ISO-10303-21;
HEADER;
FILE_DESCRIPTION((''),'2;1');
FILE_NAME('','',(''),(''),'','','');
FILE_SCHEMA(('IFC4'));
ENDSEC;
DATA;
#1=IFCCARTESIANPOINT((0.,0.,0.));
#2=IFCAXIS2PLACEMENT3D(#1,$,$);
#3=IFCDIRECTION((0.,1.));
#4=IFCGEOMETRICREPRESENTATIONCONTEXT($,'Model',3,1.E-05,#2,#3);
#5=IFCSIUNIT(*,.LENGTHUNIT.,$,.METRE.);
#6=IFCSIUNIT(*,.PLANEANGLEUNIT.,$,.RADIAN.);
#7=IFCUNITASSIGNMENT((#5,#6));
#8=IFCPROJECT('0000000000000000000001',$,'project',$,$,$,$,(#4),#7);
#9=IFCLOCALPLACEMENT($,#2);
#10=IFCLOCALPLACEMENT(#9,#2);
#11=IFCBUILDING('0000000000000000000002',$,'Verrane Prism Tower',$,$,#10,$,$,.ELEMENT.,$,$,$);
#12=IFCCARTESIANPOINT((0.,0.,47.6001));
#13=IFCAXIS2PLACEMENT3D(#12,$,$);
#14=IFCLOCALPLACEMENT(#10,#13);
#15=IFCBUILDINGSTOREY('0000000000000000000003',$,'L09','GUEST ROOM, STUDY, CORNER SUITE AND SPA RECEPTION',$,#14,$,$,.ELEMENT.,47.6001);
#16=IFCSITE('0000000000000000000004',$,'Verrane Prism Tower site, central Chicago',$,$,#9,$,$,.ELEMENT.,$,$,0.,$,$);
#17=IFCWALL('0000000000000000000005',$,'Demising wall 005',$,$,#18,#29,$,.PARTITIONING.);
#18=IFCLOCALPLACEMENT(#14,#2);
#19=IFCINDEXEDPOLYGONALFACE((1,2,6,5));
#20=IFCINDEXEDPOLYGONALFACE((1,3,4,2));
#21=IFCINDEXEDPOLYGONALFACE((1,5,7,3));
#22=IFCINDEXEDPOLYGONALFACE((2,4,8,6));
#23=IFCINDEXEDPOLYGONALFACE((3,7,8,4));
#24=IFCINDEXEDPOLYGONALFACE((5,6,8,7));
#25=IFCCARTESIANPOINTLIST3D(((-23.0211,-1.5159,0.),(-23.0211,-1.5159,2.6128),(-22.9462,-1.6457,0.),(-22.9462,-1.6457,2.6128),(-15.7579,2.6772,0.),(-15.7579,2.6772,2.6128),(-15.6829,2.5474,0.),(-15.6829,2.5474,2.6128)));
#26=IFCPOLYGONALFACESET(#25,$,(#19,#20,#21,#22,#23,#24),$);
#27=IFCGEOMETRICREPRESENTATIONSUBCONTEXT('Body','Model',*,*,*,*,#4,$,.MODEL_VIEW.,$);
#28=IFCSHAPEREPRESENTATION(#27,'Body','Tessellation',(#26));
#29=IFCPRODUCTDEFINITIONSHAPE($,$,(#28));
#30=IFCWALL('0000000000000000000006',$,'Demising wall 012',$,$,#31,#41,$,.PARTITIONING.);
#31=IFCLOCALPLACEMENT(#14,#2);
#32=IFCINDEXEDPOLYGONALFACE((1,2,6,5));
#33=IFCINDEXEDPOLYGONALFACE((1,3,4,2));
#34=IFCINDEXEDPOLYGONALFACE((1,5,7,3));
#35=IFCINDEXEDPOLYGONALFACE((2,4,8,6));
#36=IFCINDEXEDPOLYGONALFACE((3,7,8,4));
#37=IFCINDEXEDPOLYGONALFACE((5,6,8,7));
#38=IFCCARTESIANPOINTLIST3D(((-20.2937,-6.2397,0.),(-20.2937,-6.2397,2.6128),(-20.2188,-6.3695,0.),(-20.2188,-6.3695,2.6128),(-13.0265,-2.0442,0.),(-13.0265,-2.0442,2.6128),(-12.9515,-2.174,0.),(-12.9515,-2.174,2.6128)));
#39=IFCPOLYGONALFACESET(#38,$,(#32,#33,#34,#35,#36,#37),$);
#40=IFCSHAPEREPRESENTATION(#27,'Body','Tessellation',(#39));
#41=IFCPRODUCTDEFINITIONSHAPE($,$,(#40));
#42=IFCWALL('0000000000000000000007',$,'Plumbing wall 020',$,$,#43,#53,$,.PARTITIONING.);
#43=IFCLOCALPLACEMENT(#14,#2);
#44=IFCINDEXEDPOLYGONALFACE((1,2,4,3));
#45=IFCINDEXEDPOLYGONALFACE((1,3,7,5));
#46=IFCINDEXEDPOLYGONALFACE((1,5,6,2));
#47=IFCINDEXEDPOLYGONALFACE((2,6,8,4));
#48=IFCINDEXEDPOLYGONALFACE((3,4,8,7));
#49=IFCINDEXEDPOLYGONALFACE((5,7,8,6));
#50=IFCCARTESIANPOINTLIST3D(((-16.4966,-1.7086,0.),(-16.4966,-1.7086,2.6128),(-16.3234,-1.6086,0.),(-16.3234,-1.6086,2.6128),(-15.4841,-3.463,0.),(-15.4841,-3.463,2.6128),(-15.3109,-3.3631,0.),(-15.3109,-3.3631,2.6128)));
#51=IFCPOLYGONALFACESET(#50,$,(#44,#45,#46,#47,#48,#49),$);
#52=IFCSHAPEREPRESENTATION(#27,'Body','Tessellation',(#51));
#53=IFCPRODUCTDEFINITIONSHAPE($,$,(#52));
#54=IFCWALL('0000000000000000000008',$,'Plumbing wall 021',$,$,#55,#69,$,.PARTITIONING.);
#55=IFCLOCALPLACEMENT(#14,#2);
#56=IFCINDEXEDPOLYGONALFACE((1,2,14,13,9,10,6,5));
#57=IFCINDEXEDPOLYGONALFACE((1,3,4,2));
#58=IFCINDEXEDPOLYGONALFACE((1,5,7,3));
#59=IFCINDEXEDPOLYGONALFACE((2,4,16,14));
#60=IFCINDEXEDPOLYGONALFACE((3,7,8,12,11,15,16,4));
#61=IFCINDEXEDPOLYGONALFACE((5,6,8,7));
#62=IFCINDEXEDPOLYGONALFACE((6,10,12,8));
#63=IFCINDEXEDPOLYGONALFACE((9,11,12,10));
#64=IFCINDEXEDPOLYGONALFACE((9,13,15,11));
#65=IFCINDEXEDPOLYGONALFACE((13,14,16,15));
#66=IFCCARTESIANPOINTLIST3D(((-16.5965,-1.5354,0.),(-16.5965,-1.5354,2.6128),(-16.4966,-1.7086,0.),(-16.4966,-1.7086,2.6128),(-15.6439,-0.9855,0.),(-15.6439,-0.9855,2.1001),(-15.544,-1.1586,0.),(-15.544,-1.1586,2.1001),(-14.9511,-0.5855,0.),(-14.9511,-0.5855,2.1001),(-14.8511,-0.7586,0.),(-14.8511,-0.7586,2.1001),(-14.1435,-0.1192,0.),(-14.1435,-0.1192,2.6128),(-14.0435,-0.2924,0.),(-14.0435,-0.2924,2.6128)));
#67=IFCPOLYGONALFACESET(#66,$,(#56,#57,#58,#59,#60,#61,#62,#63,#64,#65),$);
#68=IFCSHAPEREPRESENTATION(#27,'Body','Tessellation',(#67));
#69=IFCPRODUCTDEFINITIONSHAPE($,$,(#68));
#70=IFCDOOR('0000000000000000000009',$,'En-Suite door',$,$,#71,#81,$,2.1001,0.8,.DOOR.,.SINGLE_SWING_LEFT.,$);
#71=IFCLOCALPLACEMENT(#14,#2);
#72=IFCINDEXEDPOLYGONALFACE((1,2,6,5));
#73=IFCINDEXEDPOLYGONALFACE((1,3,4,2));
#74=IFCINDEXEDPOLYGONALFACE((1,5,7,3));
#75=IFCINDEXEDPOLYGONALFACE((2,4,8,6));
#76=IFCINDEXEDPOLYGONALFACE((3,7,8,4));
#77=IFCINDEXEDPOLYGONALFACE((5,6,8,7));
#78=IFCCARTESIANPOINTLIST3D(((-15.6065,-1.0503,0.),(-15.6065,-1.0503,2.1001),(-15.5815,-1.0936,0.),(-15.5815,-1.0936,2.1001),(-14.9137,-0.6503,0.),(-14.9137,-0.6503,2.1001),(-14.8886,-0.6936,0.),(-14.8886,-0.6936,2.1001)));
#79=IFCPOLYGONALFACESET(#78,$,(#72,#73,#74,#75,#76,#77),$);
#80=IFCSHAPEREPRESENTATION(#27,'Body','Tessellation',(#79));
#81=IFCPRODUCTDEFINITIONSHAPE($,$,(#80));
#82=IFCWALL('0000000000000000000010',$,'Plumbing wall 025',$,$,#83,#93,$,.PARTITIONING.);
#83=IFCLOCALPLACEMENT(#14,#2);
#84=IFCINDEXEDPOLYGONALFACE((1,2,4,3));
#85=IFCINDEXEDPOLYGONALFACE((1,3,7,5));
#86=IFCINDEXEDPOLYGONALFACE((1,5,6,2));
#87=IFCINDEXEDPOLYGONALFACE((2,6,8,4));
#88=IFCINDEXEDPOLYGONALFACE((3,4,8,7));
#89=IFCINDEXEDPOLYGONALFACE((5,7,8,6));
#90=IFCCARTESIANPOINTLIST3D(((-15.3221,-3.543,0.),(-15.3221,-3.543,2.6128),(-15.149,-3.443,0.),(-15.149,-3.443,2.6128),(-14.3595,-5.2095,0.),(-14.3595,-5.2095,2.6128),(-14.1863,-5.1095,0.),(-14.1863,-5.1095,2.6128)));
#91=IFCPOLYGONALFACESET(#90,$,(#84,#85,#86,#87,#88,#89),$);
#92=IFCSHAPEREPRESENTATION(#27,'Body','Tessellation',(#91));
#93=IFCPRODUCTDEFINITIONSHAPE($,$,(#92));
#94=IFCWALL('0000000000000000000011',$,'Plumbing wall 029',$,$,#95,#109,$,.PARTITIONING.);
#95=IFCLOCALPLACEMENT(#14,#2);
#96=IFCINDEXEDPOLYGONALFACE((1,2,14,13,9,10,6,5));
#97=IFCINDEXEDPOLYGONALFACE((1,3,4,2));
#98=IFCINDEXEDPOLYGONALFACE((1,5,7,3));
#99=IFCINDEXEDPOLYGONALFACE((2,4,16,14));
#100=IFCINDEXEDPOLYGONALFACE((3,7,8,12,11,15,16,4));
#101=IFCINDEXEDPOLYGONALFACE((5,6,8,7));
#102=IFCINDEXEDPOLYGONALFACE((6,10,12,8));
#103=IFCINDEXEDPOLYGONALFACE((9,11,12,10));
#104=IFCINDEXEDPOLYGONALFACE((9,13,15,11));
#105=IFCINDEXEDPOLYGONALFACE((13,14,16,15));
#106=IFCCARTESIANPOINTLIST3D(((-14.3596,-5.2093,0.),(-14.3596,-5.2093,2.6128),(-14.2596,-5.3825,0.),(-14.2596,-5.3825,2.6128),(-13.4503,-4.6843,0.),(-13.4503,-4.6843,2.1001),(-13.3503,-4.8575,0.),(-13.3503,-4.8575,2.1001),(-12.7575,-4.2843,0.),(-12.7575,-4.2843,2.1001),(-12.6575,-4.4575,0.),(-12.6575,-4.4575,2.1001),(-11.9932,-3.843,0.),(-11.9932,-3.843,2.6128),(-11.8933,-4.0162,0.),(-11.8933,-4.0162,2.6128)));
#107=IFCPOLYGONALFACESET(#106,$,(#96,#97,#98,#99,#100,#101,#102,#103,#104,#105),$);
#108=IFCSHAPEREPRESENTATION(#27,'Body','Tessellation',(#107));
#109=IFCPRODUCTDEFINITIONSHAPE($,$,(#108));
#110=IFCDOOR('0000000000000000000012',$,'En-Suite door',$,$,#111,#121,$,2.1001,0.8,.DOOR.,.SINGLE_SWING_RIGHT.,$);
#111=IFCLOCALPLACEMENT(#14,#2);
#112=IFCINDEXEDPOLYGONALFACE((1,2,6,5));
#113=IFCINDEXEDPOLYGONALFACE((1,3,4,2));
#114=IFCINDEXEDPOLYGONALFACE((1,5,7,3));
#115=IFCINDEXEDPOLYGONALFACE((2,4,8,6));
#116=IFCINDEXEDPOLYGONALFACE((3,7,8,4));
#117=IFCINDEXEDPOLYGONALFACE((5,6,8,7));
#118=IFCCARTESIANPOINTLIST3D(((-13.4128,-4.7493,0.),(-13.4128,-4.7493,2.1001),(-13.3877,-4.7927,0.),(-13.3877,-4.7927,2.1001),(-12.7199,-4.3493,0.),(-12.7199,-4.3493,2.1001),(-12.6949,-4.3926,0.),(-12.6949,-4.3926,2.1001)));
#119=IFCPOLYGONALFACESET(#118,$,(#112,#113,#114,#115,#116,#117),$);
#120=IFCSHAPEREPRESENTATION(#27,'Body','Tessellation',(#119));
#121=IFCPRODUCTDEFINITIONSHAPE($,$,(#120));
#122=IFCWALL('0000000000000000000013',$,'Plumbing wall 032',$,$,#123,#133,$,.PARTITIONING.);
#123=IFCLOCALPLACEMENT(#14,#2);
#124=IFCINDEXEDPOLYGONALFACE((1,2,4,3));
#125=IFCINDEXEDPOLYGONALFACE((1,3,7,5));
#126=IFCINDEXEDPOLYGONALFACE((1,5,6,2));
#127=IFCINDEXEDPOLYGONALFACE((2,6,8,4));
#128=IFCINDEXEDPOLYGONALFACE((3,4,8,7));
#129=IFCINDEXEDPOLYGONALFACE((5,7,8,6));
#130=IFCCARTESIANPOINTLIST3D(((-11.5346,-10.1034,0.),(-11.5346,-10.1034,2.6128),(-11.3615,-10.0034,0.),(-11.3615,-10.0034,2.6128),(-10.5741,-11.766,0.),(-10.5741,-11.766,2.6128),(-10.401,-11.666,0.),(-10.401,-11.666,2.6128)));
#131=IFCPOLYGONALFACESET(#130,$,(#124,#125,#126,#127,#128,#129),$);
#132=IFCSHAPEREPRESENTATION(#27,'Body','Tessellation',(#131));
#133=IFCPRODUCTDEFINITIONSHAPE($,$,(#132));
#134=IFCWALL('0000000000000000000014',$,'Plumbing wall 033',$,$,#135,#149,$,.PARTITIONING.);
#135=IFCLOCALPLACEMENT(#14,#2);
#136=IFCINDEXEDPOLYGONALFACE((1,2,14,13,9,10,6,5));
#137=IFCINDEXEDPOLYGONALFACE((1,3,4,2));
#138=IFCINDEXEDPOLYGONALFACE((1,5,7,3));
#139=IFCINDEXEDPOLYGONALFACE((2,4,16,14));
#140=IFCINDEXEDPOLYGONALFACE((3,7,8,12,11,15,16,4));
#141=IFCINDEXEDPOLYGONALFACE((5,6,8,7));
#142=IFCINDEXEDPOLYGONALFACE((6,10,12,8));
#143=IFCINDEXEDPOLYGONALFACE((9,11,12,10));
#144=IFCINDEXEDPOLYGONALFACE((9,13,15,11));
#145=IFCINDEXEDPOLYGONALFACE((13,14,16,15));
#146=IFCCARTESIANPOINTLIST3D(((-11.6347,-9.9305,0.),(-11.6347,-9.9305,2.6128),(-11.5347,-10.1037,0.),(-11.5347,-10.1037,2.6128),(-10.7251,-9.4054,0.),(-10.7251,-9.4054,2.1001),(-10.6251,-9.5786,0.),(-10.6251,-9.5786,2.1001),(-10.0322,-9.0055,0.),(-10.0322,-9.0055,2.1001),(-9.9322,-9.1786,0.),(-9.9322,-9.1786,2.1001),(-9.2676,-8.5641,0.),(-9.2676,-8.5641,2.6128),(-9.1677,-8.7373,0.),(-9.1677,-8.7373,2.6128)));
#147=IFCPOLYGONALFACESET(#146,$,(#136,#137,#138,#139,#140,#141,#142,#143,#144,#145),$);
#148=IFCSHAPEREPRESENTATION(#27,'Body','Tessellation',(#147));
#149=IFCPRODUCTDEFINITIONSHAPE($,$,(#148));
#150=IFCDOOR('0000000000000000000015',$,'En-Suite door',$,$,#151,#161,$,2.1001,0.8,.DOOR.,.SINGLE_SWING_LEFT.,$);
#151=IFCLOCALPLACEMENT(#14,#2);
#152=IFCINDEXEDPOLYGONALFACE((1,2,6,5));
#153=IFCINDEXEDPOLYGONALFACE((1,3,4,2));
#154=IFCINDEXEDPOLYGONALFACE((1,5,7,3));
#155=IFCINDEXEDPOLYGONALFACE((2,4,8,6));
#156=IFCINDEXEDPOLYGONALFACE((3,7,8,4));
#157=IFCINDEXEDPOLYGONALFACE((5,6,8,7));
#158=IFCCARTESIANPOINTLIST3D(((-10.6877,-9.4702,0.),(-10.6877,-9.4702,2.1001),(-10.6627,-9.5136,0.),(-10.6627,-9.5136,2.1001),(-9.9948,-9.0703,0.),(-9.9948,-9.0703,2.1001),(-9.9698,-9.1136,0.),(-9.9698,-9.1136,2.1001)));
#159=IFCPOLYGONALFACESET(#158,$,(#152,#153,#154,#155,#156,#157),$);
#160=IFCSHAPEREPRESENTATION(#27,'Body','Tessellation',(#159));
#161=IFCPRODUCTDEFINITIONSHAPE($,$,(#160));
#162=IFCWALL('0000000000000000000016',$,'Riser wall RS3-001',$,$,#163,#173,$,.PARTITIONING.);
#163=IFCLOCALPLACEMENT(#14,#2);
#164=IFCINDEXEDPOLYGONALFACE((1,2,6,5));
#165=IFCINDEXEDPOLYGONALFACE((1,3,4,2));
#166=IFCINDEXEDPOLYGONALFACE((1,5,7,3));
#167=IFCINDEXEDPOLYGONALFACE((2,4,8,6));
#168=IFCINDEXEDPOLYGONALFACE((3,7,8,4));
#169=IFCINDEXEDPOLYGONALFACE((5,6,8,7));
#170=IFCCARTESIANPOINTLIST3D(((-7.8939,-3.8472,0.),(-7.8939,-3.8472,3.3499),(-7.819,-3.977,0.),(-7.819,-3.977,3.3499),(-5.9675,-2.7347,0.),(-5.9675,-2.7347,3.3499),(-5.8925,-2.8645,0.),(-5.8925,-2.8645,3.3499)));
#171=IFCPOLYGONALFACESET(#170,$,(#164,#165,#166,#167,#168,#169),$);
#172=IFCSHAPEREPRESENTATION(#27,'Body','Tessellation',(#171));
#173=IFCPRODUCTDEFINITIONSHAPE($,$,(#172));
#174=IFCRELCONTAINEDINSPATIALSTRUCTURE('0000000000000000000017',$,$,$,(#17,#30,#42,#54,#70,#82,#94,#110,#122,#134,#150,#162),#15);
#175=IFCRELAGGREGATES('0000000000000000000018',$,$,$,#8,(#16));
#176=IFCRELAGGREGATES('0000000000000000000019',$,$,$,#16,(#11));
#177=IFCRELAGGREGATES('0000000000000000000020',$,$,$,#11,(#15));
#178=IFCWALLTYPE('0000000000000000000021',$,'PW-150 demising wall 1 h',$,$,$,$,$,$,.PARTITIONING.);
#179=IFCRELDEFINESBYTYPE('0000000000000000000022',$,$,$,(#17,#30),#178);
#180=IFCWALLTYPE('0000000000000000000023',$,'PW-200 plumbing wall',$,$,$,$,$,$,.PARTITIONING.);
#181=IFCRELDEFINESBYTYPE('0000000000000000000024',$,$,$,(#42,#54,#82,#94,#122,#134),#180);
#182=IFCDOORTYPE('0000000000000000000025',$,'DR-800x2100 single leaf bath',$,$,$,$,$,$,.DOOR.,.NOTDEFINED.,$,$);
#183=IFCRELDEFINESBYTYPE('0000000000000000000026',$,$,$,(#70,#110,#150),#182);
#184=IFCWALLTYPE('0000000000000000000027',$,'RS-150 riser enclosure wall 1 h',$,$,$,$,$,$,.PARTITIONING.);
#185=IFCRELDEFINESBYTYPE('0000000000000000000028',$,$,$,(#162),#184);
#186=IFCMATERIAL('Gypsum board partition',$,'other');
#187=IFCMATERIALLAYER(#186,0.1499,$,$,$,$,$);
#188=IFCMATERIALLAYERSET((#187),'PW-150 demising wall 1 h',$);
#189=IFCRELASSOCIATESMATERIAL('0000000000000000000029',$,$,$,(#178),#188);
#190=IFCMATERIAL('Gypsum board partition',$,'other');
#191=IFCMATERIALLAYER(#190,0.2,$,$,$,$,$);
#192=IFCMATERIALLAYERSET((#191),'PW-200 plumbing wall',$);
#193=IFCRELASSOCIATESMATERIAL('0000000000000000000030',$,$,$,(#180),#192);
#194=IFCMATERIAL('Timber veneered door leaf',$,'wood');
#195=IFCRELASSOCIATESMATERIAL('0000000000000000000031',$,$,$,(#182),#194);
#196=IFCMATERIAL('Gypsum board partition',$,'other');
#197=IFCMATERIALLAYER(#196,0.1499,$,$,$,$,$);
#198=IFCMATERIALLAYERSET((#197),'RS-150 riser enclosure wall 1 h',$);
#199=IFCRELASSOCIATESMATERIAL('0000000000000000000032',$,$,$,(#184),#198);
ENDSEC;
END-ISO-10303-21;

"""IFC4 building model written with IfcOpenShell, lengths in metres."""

from ifc_helpers import new_model, si_unit, direction, frame, frame_2d, origin, place, context, subcontext, project, spatial, rectangle, extrude, material, layer, layer_set, type_object, element, fill, save


model = new_model("IFC4")

# Units and contexts
model_context = context("Model", 3, precision=1e-05, world=origin(), true_north=direction((0.0, 1.0)))
body_context = subcontext(model_context, "Body", "Model", "MODEL_VIEW")
ifc_project = project(units=[si_unit("LENGTHUNIT", "METRE"), si_unit("PLANEANGLEUNIT", "RADIAN")], contexts=[model_context])

# Site, building, storey
site_placement = place(None, origin())
site = spatial("IfcSite", under=ifc_project, at=site_placement, Name="Verrane Prism Tower site, central Chicago", CompositionType="ELEMENT", RefElevation=0.0)
building_placement = place(site_placement, origin())
building = spatial("IfcBuilding", under=site, at=building_placement, Name="Verrane Prism Tower", CompositionType="ELEMENT")
storey_placement = place(building_placement, frame((0.0, 0.0, 47.6001)))
storey = spatial("IfcBuildingStorey", under=building, at=storey_placement, Name="L09", Description="GUEST ROOM, STUDY, CORNER SUITE AND SPA RECEPTION", CompositionType="ELEMENT", Elevation=47.6001)

# Walls
ifc_material_1 = material(Name="Gypsum board partition", Category="other")
ifc_layer_1 = layer(ifc_material_1, 0.1499)
ifc_layer_set_1 = layer_set([ifc_layer_1], Name="PW-150 demising wall 1 h")
wall_type_1 = type_object("IfcWallType", Name="PW-150 demising wall 1 h", PredefinedType="PARTITIONING", material=ifc_layer_set_1)
wall_1_placement = place(storey_placement, frame((-22.9836, -1.5808, 0.0), z_axis=(0.0, 0.0, 1.0), x_axis=(0.86604, 0.499974, 0.0)))
element("IfcWall", 1, at=wall_1_placement, inside=storey, type_object=wall_type_1, Name="Demising wall 005", PredefinedType="PARTITIONING", context=body_context, shape_type="SweptSolid", body=[
    extrude(rectangle(XDim=8.3867, YDim=0.1499, at=frame_2d((4.1934, 0.0))), origin(), (0.0, 0.0, 1.0), 2.6128),
])
wall_2_placement = place(storey_placement, frame((-20.2563, -6.3047, 0.0), z_axis=(0.0, 0.0, 1.0), x_axis=(0.866038, 0.499978, 0.0)))
element("IfcWall", 2, at=wall_2_placement, inside=storey, type_object=wall_type_1, Name="Demising wall 012", PredefinedType="PARTITIONING", context=body_context, shape_type="SweptSolid", body=[
    extrude(rectangle(XDim=8.3914, YDim=0.1499, at=frame_2d((4.1958, 0.0))), origin(), (0.0, 0.0, 1.0), 2.6128),
])
ifc_material_2 = material(Name="Gypsum board partition", Category="other")
ifc_layer_2 = layer(ifc_material_2, 0.2)
ifc_layer_set_2 = layer_set([ifc_layer_2], Name="PW-200 plumbing wall")
wall_type_2 = type_object("IfcWallType", Name="PW-200 plumbing wall", PredefinedType="PARTITIONING", material=ifc_layer_set_2)
wall_3_placement = place(storey_placement, frame((-16.4099, -1.6587, 0.0), z_axis=(0.0, 0.0, 1.0), x_axis=(0.499834, -0.866121, 0.0)))
element("IfcWall", 3, at=wall_3_placement, inside=storey, type_object=wall_type_2, Name="Plumbing wall 020", PredefinedType="PARTITIONING", context=body_context, shape_type="SweptSolid", body=[
    extrude(rectangle(XDim=2.0256, YDim=0.2, at=frame_2d((1.0127, 0.0))), origin(), (0.0, 0.0, 1.0), 2.6128),
])

# Wall, opening, door
wall_4_placement = place(storey_placement, frame((-14.0935, -0.2058, 0.0), z_axis=(0.0, 0.0, 1.0), x_axis=(-0.866033, -0.499986, 0.0)))
wall_4 = element("IfcWall", 4, at=wall_4_placement, inside=storey, type_object=wall_type_2, Name="Plumbing wall 021", PredefinedType="PARTITIONING", context=body_context, shape_type="SweptSolid", body=[
    extrude(rectangle(XDim=2.8325, YDim=0.2, at=frame_2d((1.4163, 0.0))), origin(), (0.0, 0.0, 1.0), 2.6128),
])
opening_1_placement = place(wall_4_placement, frame((0.9326, 0.0, 0.0)))
opening_1 = element("IfcOpeningElement", 5, at=opening_1_placement, cuts=wall_4, PredefinedType="OPENING", context=body_context, shape_type="SweptSolid", body=[
    extrude(rectangle(XDim=0.8, YDim=2.1001, at=frame_2d((0.3999, 1.05))), frame((0.0, 0.1099, 0.0), z_axis=(0.0, -1.0, 0.0), x_axis=(1.0, 0.0, 0.0)), (0.0, 0.0, 1.0), 0.22),
])
ifc_material_3 = material(Name="Timber veneered door leaf", Category="wood")
door_type = type_object("IfcDoorType", Name="DR-800x2100 single leaf bath", OperationType="NOTDEFINED", PredefinedType="DOOR", material=ifc_material_3)
door_1_placement = place(opening_1_placement, origin())
door_1 = element("IfcDoor", 6, at=door_1_placement, inside=storey, type_object=door_type, Name="En-Suite door", OperationType="SINGLE_SWING_LEFT", OverallHeight=2.1001, OverallWidth=0.8, PredefinedType="DOOR", context=body_context, shape_type="SweptSolid", body=[
    extrude(rectangle(XDim=0.8, YDim=2.1001, at=frame_2d((0.3999, 1.05))), frame((0.0, 0.0249, 0.0), z_axis=(0.0, -1.0, 0.0), x_axis=(1.0, 0.0, 0.0)), (0.0, 0.0, 1.0), 0.05),
])
fill(opening_1, door_1)

# Wall
wall_5_placement = place(storey_placement, frame((-15.2356, -3.4929, 0.0), z_axis=(0.0, 0.0, 1.0), x_axis=(0.500191, -0.865915, 0.0)))
element("IfcWall", 7, at=wall_5_placement, inside=storey, type_object=wall_type_2, Name="Plumbing wall 025", PredefinedType="PARTITIONING", context=body_context, shape_type="SweptSolid", body=[
    extrude(rectangle(XDim=1.9246, YDim=0.2, at=frame_2d((0.9624, 0.0))), origin(), (0.0, 0.0, 1.0), 2.6128),
])

# Wall, opening, door
wall_6_placement = place(storey_placement, frame((-14.3096, -5.2959, 0.0), z_axis=(0.0, 0.0, 1.0), x_axis=(0.866013, 0.500022, 0.0)))
wall_6 = element("IfcWall", 8, at=wall_6_placement, inside=storey, type_object=wall_type_2, Name="Plumbing wall 029", PredefinedType="PARTITIONING", context=body_context, shape_type="SweptSolid", body=[
    extrude(rectangle(XDim=2.7324, YDim=0.2, at=frame_2d((1.3662, 0.0))), origin(), (0.0, 0.0, 1.0), 2.6128),
])
opening_2_placement = place(wall_6_placement, frame((1.05, 0.0, 0.0)))
opening_2 = element("IfcOpeningElement", 9, at=opening_2_placement, cuts=wall_6, PredefinedType="OPENING", context=body_context, shape_type="SweptSolid", body=[
    extrude(rectangle(XDim=0.8, YDim=2.1001, at=frame_2d((0.3999, 1.05))), frame((0.0, 0.1099, 0.0), z_axis=(0.0, -1.0, 0.0), x_axis=(1.0, 0.0, 0.0)), (0.0, 0.0, 1.0), 0.22),
])
door_2_placement = place(opening_2_placement, origin())
door_2 = element("IfcDoor", 10, at=door_2_placement, inside=storey, type_object=door_type, Name="En-Suite door", OperationType="SINGLE_SWING_RIGHT", OverallHeight=2.1001, OverallWidth=0.8, PredefinedType="DOOR", context=body_context, shape_type="SweptSolid", body=[
    extrude(rectangle(XDim=0.8, YDim=2.1001, at=frame_2d((0.3999, 1.05))), frame((0.0, 0.0249, 0.0), z_axis=(0.0, -1.0, 0.0), x_axis=(1.0, 0.0, 0.0)), (0.0, 0.0, 1.0), 0.05),
])
fill(opening_2, door_2)

# Wall
wall_7_placement = place(storey_placement, frame((-11.448, -10.0535, 0.0), z_axis=(0.0, 0.0, 1.0), x_axis=(0.500214, -0.865902, 0.0)))
element("IfcWall", 11, at=wall_7_placement, inside=storey, type_object=wall_type_2, Name="Plumbing wall 032", PredefinedType="PARTITIONING", context=body_context, shape_type="SweptSolid", body=[
    extrude(rectangle(XDim=1.9202, YDim=0.2, at=frame_2d((0.96, 0.0))), origin(), (0.0, 0.0, 1.0), 2.6128),
])

# Wall, opening, door
wall_8_placement = place(storey_placement, frame((-9.2175, -8.6506, 0.0), z_axis=(0.0, 0.0, 1.0), x_axis=(-0.866064, -0.499934, 0.0)))
wall_8 = element("IfcWall", 12, at=wall_8_placement, inside=storey, type_object=wall_type_2, Name="Plumbing wall 033", PredefinedType="PARTITIONING", context=body_context, shape_type="SweptSolid", body=[
    extrude(rectangle(XDim=2.7332, YDim=0.2, at=frame_2d((1.3667, 0.0))), origin(), (0.0, 0.0, 1.0), 2.6128),
])
opening_3_placement = place(wall_8_placement, frame((0.8831, 0.0, 0.0)))
opening_3 = element("IfcOpeningElement", 13, at=opening_3_placement, cuts=wall_8, PredefinedType="OPENING", context=body_context, shape_type="SweptSolid", body=[
    extrude(rectangle(XDim=0.8, YDim=2.1001, at=frame_2d((0.3999, 1.05))), frame((0.0, 0.1099, 0.0), z_axis=(0.0, -1.0, 0.0), x_axis=(1.0, 0.0, 0.0)), (0.0, 0.0, 1.0), 0.22),
])
door_3_placement = place(opening_3_placement, origin())
door_3 = element("IfcDoor", 14, at=door_3_placement, inside=storey, type_object=door_type, Name="En-Suite door", OperationType="SINGLE_SWING_LEFT", OverallHeight=2.1001, OverallWidth=0.8, PredefinedType="DOOR", context=body_context, shape_type="SweptSolid", body=[
    extrude(rectangle(XDim=0.8, YDim=2.1001, at=frame_2d((0.3999, 1.05))), frame((0.0, 0.0249, 0.0), z_axis=(0.0, -1.0, 0.0), x_axis=(1.0, 0.0, 0.0)), (0.0, 0.0, 1.0), 0.05),
])
fill(opening_3, door_3)

# Wall
ifc_material_4 = material(Name="Gypsum board partition", Category="other")
ifc_layer_3 = layer(ifc_material_4, 0.1499)
ifc_layer_set_3 = layer_set([ifc_layer_3], Name="RS-150 riser enclosure wall 1 h")
wall_type_3 = type_object("IfcWallType", Name="RS-150 riser enclosure wall 1 h", PredefinedType="PARTITIONING", material=ifc_layer_set_3)
wall_9_placement = place(storey_placement, frame((-7.8564, -3.9121, 0.0), z_axis=(0.0, 0.0, 1.0), x_axis=(0.865972, 0.500093, 0.0)))
element("IfcWall", 15, at=wall_9_placement, inside=storey, type_object=wall_type_3, Name="Riser wall RS3-001", PredefinedType="PARTITIONING", context=body_context, shape_type="SweptSolid", body=[
    extrude(rectangle(XDim=2.2246, YDim=0.1499, at=frame_2d((1.1123, 0.0))), origin(), (0.0, 0.0, 1.0), 3.3499),
])

save(model, "model.ifc")
